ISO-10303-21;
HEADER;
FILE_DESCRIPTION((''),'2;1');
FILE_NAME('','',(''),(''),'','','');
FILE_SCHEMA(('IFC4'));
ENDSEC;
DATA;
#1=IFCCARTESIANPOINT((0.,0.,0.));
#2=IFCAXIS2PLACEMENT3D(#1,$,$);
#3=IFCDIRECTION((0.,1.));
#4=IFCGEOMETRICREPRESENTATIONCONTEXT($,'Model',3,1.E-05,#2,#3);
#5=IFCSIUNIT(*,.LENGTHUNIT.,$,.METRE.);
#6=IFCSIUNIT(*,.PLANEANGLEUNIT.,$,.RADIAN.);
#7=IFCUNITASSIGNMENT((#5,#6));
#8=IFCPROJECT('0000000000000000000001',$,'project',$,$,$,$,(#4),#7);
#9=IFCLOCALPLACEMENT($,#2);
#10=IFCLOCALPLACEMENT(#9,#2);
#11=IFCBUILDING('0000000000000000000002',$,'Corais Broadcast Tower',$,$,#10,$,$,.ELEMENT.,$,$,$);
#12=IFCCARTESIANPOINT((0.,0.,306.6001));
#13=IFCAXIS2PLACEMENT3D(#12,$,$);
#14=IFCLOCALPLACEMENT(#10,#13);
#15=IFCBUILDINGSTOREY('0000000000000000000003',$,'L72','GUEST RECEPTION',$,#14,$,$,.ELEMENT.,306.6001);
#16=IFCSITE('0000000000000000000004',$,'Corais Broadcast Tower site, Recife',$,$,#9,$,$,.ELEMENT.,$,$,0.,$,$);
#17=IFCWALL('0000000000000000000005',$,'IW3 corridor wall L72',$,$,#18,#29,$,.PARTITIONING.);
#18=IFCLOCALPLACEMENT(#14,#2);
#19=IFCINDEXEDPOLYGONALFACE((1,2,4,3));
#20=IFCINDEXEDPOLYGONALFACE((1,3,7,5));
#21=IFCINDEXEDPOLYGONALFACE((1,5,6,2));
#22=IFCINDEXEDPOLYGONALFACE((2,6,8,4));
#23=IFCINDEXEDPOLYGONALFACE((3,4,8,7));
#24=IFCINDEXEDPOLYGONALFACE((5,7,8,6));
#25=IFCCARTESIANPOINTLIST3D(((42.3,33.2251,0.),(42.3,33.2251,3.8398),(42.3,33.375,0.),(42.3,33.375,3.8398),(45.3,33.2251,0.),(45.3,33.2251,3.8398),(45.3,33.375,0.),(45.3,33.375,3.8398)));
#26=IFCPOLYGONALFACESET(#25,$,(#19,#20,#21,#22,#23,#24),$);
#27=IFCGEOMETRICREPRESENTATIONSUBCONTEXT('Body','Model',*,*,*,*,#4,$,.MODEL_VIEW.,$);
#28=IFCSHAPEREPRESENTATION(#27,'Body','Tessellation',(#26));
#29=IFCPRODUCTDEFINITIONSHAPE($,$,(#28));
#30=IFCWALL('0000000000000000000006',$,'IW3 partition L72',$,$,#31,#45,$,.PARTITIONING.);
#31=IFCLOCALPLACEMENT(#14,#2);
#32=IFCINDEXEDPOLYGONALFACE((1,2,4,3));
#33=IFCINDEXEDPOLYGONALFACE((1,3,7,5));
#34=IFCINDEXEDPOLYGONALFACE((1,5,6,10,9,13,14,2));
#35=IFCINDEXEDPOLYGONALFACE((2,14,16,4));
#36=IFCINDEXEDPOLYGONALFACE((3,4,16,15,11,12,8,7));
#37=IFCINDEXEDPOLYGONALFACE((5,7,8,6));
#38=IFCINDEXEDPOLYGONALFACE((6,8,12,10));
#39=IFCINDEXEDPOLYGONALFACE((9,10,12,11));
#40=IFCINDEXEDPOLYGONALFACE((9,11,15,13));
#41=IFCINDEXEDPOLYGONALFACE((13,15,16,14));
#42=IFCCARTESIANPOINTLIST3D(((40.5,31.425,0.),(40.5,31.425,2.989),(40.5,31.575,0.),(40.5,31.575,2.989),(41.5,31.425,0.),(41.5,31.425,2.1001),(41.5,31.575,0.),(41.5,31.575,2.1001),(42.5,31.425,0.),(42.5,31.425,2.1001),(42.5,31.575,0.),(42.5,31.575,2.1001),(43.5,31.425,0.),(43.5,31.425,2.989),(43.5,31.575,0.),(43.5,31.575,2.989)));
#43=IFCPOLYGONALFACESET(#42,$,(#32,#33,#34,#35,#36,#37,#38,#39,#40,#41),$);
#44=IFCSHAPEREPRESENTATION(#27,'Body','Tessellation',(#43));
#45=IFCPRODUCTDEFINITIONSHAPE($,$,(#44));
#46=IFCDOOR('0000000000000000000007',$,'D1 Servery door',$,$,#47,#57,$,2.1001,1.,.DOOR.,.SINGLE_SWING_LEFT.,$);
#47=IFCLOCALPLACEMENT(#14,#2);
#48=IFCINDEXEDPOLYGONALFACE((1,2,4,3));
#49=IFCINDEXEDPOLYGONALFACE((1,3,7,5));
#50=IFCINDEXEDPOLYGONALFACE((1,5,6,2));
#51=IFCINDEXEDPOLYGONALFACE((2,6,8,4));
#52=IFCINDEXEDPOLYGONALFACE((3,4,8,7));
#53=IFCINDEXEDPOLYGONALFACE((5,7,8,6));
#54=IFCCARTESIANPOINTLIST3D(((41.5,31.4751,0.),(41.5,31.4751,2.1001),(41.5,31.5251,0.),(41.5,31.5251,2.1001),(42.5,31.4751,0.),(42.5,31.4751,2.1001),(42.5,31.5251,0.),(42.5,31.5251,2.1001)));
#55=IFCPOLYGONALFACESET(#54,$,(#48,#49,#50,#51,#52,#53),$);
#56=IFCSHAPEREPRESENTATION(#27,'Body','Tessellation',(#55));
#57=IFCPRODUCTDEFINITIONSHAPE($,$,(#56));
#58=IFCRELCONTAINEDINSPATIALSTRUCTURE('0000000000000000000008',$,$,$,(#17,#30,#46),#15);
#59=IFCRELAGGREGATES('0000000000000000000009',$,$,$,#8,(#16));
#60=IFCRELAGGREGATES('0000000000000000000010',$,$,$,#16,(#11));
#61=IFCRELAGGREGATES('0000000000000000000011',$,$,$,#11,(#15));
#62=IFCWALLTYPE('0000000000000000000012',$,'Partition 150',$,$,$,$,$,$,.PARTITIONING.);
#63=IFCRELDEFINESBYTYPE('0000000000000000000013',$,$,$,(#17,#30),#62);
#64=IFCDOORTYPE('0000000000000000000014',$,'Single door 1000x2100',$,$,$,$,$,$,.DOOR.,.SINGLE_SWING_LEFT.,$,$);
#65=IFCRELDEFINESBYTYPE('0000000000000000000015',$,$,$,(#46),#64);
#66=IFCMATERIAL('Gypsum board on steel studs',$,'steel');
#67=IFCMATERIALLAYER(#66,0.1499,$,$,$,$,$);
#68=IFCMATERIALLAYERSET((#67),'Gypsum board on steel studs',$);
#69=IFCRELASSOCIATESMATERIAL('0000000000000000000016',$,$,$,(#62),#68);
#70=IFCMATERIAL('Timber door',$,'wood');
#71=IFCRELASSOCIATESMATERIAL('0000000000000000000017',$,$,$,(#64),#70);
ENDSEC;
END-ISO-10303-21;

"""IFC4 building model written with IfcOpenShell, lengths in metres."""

from ifc_helpers import new_model, si_unit, direction, frame, frame_2d, origin, place, context, subcontext, project, spatial, rectangle, extrude, material, layer, layer_set, type_object, element, fill, save


model = new_model("IFC4")

# Units and contexts
model_context = context("Model", 3, precision=1e-05, world=origin(), true_north=direction((0.0, 1.0)))
body_context = subcontext(model_context, "Body", "Model", "MODEL_VIEW")
ifc_project = project(units=[si_unit("LENGTHUNIT", "METRE"), si_unit("PLANEANGLEUNIT", "RADIAN")], contexts=[model_context])

# Site, building, storey
site_placement = place(None, origin())
site = spatial("IfcSite", under=ifc_project, at=site_placement, Name="Corais Broadcast Tower site, Recife", CompositionType="ELEMENT", RefElevation=0.0)
building_placement = place(site_placement, origin())
building = spatial("IfcBuilding", under=site, at=building_placement, Name="Corais Broadcast Tower", CompositionType="ELEMENT")
storey_placement = place(building_placement, frame((0.0, 0.0, 306.6001)))
storey = spatial("IfcBuildingStorey", under=building, at=storey_placement, Name="L72", Description="GUEST RECEPTION", CompositionType="ELEMENT", Elevation=306.6001)

# Wall
ifc_material_1 = material(Name="Gypsum board on steel studs", Category="steel")
ifc_layer_1 = layer(ifc_material_1, 0.1499)
ifc_layer_set_1 = layer_set([ifc_layer_1], Name="Gypsum board on steel studs")
wall_type = type_object("IfcWallType", Name="Partition 150", PredefinedType="PARTITIONING", material=ifc_layer_set_1)
wall_1_placement = place(storey_placement, frame((45.3, 33.3, 0.0), z_axis=(0.0, 0.0, 1.0), x_axis=(-1.0, 0.0, 0.0)))
element("IfcWall", 1, at=wall_1_placement, inside=storey, type_object=wall_type, Name="IW3 corridor wall L72", PredefinedType="PARTITIONING", context=body_context, shape_type="SweptSolid", body=[
    extrude(rectangle(XDim=3.0, YDim=0.1499, at=frame_2d((1.5, 0.0))), origin(), (0.0, 0.0, 1.0), 3.8398),
])

# Wall, opening, door
wall_2_placement = place(storey_placement, frame((43.5, 31.5, 0.0), z_axis=(0.0, 0.0, 1.0), x_axis=(-1.0, 0.0, 0.0)))
wall_2 = element("IfcWall", 2, at=wall_2_placement, inside=storey, type_object=wall_type, Name="IW3 partition L72", PredefinedType="PARTITIONING", context=body_context, shape_type="SweptSolid", body=[
    extrude(rectangle(XDim=3.0, YDim=0.1499, at=frame_2d((1.5, 0.0))), origin(), (0.0, 0.0, 1.0), 2.989),
])
opening_placement = place(wall_2_placement, frame((1.0, 0.0, 0.0)))
opening = element("IfcOpeningElement", 3, at=opening_placement, cuts=wall_2, PredefinedType="OPENING", context=body_context, shape_type="SweptSolid", body=[
    extrude(rectangle(XDim=1.0, YDim=2.1001, at=frame_2d((0.5, 1.05))), frame((0.0, 0.085, 0.0), z_axis=(0.0, -1.0, 0.0), x_axis=(1.0, 0.0, 0.0)), (0.0, 0.0, 1.0), 0.1699),
])
ifc_material_2 = material(Name="Timber door", Category="wood")
door_type = type_object("IfcDoorType", Name="Single door 1000x2100", OperationType="SINGLE_SWING_LEFT", PredefinedType="DOOR", material=ifc_material_2)
door_placement = place(opening_placement, origin())
door = element("IfcDoor", 4, at=door_placement, inside=storey, type_object=door_type, Name="D1 Servery door", OperationType="SINGLE_SWING_LEFT", OverallHeight=2.1001, OverallWidth=1.0, PredefinedType="DOOR", context=body_context, shape_type="SweptSolid", body=[
    extrude(rectangle(XDim=1.0, YDim=2.1001, at=frame_2d((0.5, 1.05))), frame((0.0, 0.0249, 0.0), z_axis=(0.0, -1.0, 0.0), x_axis=(1.0, 0.0, 0.0)), (0.0, 0.0, 1.0), 0.05),
])
fill(opening, door)

save(model, "model.ifc")
